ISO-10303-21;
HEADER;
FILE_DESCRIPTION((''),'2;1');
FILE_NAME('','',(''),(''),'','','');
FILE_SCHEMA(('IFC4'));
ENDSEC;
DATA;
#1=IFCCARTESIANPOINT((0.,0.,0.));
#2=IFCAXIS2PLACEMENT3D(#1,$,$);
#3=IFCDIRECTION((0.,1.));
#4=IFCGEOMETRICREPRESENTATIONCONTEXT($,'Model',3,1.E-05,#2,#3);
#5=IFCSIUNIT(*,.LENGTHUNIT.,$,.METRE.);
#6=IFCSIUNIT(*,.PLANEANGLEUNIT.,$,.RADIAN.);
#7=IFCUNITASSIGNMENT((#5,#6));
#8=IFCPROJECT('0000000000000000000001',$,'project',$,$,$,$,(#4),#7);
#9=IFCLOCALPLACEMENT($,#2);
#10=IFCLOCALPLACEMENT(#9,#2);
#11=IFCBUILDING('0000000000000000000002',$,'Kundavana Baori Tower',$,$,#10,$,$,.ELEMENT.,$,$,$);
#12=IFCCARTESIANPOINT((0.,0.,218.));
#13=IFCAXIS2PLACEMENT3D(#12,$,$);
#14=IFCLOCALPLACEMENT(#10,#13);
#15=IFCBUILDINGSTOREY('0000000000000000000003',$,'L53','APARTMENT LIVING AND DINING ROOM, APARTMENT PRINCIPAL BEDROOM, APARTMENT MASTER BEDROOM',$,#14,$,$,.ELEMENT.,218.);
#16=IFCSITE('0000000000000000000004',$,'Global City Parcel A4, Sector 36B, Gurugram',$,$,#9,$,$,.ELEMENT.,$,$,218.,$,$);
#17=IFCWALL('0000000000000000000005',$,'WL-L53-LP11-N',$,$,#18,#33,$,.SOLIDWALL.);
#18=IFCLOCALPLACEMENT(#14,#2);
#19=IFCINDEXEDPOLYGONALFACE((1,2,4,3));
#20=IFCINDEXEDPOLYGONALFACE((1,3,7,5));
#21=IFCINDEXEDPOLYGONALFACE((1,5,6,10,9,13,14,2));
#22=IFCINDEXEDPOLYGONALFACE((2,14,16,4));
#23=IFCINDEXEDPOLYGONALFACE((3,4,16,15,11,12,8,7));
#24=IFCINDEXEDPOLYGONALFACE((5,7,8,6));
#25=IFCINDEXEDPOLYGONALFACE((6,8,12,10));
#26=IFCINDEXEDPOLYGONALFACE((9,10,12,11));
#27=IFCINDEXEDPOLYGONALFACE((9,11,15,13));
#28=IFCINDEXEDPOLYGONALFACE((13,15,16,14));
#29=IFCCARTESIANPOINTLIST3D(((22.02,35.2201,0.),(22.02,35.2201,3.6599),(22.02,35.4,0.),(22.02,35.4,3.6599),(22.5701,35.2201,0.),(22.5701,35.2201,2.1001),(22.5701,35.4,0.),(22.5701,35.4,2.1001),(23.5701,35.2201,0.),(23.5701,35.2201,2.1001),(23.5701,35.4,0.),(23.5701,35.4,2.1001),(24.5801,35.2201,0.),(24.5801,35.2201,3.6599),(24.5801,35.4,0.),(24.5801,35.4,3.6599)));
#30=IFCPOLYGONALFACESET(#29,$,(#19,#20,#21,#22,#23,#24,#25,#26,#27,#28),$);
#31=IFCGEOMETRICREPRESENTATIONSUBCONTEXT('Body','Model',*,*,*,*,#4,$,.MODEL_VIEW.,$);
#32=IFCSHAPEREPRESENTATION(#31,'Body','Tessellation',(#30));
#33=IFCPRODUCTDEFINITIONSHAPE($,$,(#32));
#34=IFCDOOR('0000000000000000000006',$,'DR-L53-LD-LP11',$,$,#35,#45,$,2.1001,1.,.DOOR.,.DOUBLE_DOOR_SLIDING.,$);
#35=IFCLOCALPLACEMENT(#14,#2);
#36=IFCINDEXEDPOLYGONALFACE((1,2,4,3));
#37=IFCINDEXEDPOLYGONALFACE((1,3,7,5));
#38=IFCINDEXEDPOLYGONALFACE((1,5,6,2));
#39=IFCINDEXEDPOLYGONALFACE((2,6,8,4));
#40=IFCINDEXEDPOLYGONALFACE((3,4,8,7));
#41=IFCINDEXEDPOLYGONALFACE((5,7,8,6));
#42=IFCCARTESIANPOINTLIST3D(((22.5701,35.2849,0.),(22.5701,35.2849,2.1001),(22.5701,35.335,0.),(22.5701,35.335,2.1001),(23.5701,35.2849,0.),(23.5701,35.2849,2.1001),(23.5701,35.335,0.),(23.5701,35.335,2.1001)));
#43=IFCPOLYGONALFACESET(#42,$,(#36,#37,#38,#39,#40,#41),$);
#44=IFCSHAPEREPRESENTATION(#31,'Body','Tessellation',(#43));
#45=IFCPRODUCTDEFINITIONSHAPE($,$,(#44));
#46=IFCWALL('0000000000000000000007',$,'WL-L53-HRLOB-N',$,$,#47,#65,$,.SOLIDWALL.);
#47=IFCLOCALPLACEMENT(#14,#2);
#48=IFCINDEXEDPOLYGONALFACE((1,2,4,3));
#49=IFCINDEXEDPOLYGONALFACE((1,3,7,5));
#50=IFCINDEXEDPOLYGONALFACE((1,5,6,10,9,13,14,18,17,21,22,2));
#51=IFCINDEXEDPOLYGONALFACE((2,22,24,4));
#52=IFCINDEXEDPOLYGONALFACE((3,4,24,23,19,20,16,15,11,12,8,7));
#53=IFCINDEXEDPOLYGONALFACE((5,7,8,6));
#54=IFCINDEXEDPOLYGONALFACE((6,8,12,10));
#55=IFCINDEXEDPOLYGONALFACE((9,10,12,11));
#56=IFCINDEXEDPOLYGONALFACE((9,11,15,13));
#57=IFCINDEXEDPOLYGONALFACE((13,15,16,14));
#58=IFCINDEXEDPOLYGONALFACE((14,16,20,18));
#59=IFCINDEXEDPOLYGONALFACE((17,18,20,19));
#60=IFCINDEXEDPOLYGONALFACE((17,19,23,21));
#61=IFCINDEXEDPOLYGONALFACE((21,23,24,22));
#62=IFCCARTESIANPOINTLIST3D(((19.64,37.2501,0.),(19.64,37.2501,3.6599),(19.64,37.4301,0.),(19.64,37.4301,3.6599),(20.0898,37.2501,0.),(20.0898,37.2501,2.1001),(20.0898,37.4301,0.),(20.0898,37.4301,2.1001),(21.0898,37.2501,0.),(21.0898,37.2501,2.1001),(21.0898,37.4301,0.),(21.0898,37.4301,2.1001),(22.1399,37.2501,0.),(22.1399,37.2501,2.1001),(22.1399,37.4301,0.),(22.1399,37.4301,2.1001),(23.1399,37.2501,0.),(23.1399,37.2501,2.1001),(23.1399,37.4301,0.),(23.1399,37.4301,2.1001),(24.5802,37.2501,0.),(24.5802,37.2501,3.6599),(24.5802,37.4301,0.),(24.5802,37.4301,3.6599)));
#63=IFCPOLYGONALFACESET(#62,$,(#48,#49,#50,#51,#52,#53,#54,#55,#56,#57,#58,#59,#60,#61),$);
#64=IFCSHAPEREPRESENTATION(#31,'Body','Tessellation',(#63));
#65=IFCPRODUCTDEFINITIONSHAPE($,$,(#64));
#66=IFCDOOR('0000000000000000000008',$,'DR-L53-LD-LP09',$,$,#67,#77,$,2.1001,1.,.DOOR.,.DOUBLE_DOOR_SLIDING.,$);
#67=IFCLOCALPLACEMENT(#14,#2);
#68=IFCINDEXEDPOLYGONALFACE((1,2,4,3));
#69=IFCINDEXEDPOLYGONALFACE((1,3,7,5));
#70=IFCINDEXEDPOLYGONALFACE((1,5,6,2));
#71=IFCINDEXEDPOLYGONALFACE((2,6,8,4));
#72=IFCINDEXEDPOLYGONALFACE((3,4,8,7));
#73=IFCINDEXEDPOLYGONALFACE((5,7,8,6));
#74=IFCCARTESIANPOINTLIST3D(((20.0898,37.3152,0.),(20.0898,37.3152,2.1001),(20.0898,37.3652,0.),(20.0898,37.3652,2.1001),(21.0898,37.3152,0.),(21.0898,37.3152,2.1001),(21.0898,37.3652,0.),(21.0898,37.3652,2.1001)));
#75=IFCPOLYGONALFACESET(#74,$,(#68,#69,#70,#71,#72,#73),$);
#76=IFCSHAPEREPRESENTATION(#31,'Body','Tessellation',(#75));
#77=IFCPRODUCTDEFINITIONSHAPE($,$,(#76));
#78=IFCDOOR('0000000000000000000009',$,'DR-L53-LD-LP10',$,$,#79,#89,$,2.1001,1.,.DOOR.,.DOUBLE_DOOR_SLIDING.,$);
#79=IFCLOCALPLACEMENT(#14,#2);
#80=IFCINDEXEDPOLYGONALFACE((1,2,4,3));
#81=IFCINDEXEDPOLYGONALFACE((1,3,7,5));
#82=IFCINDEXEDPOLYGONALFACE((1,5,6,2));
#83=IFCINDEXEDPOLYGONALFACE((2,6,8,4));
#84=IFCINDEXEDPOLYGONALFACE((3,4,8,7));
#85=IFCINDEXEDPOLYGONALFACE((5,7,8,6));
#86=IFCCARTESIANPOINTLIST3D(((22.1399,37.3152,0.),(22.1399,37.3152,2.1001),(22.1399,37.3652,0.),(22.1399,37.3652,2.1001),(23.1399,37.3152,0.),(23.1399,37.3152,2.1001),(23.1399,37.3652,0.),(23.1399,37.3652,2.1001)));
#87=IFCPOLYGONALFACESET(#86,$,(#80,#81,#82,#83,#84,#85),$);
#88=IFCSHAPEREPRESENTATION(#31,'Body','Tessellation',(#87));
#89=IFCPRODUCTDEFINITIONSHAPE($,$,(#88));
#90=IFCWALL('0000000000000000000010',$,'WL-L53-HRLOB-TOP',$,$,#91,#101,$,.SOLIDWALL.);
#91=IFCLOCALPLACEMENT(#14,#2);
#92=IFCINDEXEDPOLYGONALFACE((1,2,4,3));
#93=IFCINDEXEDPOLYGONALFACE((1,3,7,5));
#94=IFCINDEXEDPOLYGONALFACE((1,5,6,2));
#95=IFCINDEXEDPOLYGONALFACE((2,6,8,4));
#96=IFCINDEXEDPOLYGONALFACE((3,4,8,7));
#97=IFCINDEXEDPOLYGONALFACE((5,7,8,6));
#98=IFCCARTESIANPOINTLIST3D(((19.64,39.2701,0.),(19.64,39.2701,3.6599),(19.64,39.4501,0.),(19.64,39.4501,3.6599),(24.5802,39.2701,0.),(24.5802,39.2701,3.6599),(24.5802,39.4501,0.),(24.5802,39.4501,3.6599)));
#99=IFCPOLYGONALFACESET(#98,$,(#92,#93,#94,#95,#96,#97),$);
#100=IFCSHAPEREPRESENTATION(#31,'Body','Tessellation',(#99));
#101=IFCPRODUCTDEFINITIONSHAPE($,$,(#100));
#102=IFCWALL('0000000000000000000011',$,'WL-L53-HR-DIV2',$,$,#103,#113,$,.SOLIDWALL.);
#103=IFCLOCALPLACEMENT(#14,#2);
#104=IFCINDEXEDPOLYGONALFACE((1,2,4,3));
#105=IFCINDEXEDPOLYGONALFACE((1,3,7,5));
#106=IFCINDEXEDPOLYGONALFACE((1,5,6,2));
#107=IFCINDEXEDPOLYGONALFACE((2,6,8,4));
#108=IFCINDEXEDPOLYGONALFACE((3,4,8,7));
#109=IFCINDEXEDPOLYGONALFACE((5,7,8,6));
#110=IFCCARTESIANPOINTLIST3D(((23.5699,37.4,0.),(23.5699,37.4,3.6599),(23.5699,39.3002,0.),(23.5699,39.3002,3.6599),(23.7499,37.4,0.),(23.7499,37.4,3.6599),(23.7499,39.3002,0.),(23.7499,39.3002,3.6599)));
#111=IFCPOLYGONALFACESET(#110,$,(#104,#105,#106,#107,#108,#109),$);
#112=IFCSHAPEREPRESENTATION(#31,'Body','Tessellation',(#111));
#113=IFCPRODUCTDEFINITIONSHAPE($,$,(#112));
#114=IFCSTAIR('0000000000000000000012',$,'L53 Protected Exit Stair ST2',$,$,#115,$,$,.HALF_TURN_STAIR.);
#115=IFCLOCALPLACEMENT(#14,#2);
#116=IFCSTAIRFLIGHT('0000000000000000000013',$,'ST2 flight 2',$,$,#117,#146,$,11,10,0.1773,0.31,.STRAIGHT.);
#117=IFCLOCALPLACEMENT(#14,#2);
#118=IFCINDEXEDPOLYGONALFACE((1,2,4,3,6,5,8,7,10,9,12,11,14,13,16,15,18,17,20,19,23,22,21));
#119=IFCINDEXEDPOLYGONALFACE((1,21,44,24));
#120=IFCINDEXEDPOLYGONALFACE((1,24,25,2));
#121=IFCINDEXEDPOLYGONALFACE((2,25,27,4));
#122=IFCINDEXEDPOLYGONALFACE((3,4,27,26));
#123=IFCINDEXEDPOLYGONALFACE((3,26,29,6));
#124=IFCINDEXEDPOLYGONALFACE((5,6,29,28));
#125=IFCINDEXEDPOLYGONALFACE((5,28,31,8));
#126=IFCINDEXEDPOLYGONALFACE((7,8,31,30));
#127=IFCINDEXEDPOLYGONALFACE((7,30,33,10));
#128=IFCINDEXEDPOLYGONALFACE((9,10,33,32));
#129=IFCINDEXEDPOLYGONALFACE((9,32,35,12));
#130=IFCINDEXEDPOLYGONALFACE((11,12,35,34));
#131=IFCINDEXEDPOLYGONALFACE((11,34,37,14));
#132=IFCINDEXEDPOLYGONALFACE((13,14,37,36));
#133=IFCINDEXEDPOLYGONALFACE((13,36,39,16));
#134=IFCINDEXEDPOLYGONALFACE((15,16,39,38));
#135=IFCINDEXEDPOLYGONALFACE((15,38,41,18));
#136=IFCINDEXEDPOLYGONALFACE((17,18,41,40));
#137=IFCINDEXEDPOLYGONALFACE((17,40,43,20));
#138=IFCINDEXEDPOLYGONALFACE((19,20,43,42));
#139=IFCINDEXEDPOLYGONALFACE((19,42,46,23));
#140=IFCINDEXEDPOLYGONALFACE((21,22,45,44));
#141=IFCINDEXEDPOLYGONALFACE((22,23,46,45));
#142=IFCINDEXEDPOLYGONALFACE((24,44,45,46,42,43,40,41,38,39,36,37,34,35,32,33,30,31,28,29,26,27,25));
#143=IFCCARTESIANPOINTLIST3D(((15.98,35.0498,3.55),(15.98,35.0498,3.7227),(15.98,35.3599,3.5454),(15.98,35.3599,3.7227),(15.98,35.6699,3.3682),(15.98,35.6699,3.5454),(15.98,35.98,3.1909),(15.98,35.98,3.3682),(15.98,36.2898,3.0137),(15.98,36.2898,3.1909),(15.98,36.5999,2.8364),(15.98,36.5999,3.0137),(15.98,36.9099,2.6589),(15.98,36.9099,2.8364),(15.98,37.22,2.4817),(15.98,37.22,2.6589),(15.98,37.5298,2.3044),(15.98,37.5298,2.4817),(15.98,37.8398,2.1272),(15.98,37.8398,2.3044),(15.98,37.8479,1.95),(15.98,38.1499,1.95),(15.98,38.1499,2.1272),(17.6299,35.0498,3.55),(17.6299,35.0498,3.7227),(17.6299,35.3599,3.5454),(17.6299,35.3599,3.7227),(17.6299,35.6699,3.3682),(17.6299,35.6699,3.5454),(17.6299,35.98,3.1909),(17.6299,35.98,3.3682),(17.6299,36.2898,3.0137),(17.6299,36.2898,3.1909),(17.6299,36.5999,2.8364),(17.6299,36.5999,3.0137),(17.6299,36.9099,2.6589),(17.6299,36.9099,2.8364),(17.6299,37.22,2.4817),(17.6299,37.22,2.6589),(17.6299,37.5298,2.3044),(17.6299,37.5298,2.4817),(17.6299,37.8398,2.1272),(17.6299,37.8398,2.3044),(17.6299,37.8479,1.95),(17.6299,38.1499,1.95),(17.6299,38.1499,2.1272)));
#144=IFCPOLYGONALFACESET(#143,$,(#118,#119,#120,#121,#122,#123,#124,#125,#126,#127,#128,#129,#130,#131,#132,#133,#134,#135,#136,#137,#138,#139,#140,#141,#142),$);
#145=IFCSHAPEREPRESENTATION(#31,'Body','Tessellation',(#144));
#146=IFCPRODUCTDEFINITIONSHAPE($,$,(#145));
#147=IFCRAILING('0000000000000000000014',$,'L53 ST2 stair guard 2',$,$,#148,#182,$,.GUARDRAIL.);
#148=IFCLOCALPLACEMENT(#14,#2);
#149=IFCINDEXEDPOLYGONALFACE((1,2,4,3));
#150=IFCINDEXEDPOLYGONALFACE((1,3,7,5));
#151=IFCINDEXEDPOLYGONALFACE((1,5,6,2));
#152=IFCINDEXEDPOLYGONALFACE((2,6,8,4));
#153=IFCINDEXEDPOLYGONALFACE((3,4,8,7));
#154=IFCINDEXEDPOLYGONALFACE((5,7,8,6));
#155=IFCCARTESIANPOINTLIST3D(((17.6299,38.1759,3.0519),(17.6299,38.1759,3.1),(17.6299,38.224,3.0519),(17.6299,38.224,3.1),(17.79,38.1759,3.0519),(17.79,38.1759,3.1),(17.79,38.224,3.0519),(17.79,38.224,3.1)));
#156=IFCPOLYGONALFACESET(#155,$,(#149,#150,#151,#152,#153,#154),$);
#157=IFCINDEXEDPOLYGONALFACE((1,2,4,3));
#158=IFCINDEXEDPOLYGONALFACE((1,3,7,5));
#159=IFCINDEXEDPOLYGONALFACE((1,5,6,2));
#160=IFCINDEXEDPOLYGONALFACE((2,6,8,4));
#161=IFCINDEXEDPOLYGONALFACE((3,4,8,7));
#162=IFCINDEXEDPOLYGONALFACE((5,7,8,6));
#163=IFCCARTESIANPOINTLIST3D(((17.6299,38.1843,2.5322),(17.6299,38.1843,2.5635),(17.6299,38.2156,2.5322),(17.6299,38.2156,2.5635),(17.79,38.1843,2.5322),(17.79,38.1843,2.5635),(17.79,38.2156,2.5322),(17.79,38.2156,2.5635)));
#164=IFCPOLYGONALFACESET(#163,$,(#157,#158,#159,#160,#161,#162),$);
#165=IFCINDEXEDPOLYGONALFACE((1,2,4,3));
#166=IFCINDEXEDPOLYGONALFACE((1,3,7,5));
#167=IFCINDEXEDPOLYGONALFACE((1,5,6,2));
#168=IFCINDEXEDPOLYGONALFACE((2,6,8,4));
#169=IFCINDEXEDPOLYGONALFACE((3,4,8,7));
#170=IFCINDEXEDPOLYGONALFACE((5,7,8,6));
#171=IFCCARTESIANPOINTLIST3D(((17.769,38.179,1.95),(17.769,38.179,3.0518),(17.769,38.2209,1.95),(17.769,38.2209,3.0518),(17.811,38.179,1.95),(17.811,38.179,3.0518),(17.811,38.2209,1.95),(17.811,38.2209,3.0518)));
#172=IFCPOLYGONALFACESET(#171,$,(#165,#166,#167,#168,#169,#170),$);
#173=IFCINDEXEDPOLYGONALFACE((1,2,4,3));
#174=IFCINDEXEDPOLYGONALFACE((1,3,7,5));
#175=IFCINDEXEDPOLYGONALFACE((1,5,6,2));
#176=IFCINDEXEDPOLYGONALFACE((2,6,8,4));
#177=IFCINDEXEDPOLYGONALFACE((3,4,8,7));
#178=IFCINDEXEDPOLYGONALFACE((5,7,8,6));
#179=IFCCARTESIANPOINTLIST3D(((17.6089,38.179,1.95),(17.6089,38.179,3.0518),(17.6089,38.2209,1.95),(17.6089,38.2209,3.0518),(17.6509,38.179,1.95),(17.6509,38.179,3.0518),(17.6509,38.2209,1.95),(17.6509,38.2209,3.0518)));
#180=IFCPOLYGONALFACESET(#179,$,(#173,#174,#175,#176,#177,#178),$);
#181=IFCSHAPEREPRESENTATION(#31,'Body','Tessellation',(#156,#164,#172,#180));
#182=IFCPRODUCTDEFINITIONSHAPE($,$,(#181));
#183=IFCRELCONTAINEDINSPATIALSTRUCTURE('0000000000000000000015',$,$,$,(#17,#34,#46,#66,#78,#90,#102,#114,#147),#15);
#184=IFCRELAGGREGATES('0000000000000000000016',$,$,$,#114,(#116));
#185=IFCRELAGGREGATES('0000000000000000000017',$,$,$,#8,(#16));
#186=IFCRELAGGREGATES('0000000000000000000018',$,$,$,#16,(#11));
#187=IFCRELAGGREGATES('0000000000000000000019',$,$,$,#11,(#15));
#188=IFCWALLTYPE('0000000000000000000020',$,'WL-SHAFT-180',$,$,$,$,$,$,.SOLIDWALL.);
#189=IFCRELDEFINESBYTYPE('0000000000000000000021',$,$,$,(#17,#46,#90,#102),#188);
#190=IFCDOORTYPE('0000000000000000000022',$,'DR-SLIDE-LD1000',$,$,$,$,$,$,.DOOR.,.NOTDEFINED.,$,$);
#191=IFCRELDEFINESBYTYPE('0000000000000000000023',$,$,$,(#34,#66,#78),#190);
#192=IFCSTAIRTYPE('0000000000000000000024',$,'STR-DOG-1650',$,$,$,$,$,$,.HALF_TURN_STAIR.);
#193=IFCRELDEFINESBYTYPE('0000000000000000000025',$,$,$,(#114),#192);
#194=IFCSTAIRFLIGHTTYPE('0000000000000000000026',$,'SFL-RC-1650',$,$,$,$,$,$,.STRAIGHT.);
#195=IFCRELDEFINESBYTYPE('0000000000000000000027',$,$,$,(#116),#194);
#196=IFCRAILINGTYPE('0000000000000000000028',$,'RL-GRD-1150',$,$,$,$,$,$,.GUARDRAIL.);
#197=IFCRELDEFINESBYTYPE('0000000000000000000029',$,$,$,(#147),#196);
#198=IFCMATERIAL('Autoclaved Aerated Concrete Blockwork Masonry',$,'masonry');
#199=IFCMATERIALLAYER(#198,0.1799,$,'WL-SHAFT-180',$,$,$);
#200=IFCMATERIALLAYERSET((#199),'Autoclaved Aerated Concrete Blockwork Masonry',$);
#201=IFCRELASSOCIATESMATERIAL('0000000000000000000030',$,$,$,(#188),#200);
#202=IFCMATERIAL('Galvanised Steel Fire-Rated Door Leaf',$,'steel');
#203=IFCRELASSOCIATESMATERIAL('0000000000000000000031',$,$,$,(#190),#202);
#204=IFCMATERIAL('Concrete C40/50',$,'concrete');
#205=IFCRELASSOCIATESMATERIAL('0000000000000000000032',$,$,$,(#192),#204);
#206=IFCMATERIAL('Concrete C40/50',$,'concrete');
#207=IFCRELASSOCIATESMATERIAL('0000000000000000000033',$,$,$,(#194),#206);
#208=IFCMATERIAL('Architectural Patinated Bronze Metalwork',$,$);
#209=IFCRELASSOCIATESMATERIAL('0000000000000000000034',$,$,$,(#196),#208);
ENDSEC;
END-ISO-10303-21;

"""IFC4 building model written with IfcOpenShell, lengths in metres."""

from ifc_helpers import new_model, si_unit, direction, frame, frame_2d, origin, origin_2d, place, context, subcontext, project, spatial, polyline, rectangle, outline, extrude, material, layer, layer_set, type_object, element, fill, aggregate, save


model = new_model("IFC4")

# Units and contexts
model_context = context("Model", 3, precision=1e-05, world=origin(), true_north=direction((0.0, 1.0)))
body_context = subcontext(model_context, "Body", "Model", "MODEL_VIEW")
ifc_project = project(units=[si_unit("LENGTHUNIT", "METRE"), si_unit("PLANEANGLEUNIT", "RADIAN")], contexts=[model_context])

# Site, building, storey
site_placement = place(None, origin())
site = spatial("IfcSite", under=ifc_project, at=site_placement, Name="Global City Parcel A4, Sector 36B, Gurugram", CompositionType="ELEMENT", RefElevation=218.0)
building_placement = place(site_placement, origin())
building = spatial("IfcBuilding", under=site, at=building_placement, Name="Kundavana Baori Tower", CompositionType="ELEMENT")
storey_placement = place(building_placement, frame((0.0, 0.0, 218.0)))
storey = spatial("IfcBuildingStorey", under=building, at=storey_placement, Name="L53", Description="APARTMENT LIVING AND DINING ROOM, APARTMENT PRINCIPAL BEDROOM, APARTMENT MASTER BEDROOM", CompositionType="ELEMENT", Elevation=218.0)

# Wall, opening, door
ifc_material_1 = material(Name="Autoclaved Aerated Concrete Blockwork Masonry", Category="masonry")
ifc_layer_1 = layer(ifc_material_1, 0.1799, Name="WL-SHAFT-180")
ifc_layer_set_1 = layer_set([ifc_layer_1], Name="Autoclaved Aerated Concrete Blockwork Masonry")
wall_type_1 = type_object("IfcWallType", Name="WL-SHAFT-180", PredefinedType="SOLIDWALL", material=ifc_layer_set_1)
wall_1_placement = place(storey_placement, frame((22.02, 35.3101, 0.0), z_axis=(0.0, 0.0, 1.0), x_axis=(1.0, 0.0, 0.0)))
wall_1 = element("IfcWall", 1, at=wall_1_placement, inside=storey, type_object=wall_type_1, Name="WL-L53-LP11-N", PredefinedType="SOLIDWALL", context=body_context, shape_type="SweptSolid", body=[
    extrude(rectangle(XDim=2.5601, YDim=0.1799, at=frame_2d((1.28, 0.0))), origin(), (0.0, 0.0, 1.0), 3.6599),
])
opening_1_placement = place(wall_1_placement, frame((0.55, 0.0, 0.0)))
opening_1 = element("IfcOpeningElement", 2, at=opening_1_placement, cuts=wall_1, PredefinedType="OPENING", context=body_context, shape_type="SweptSolid", body=[
    extrude(rectangle(XDim=1.0, YDim=2.1001, at=frame_2d((0.5, 1.05))), frame((0.0, 0.1001, 0.0), z_axis=(0.0, -1.0, 0.0), x_axis=(1.0, 0.0, 0.0)), (0.0, 0.0, 1.0), 0.2),
])
ifc_material_2 = material(Name="Galvanised Steel Fire-Rated Door Leaf", Category="steel")
door_type_1 = type_object("IfcDoorType", Name="DR-SLIDE-LD1000", OperationType="NOTDEFINED", PredefinedType="DOOR", material=ifc_material_2)
door_1_placement = place(opening_1_placement, origin())
door_1 = element("IfcDoor", 3, at=door_1_placement, inside=storey, type_object=door_type_1, Name="DR-L53-LD-LP11", OperationType="DOUBLE_DOOR_SLIDING", OverallHeight=2.1001, OverallWidth=1.0, PredefinedType="DOOR", context=body_context, shape_type="SweptSolid", body=[
    extrude(rectangle(XDim=1.0, YDim=2.1001, at=frame_2d((0.5, 1.05))), frame((0.0, 0.0249, 0.0), z_axis=(0.0, -1.0, 0.0), x_axis=(1.0, 0.0, 0.0)), (0.0, 0.0, 1.0), 0.05),
])
fill(opening_1, door_1)

# Wall, openings, doors
wall_2_placement = place(storey_placement, frame((19.6399, 37.3401, 0.0), z_axis=(0.0, 0.0, 1.0), x_axis=(1.0, 0.0, 0.0)))
wall_2 = element("IfcWall", 4, at=wall_2_placement, inside=storey, type_object=wall_type_1, Name="WL-L53-HRLOB-N", PredefinedType="SOLIDWALL", context=body_context, shape_type="SweptSolid", body=[
    extrude(rectangle(XDim=4.9402, YDim=0.1799, at=frame_2d((2.4702, 0.0))), origin(), (0.0, 0.0, 1.0), 3.6599),
])
opening_2_placement = place(wall_2_placement, frame((0.45, 0.0, 0.0)))
opening_2 = element("IfcOpeningElement", 5, at=opening_2_placement, cuts=wall_2, PredefinedType="OPENING", context=body_context, shape_type="SweptSolid", body=[
    extrude(rectangle(XDim=1.0, YDim=2.1001, at=frame_2d((0.5, 1.05))), frame((0.0, 0.1001, 0.0), z_axis=(0.0, -1.0, 0.0), x_axis=(1.0, 0.0, 0.0)), (0.0, 0.0, 1.0), 0.2),
])
opening_3_placement = place(wall_2_placement, frame((2.5, 0.0, 0.0)))
opening_3 = element("IfcOpeningElement", 6, at=opening_3_placement, cuts=wall_2, PredefinedType="OPENING", context=body_context, shape_type="SweptSolid", body=[
    extrude(rectangle(XDim=1.0, YDim=2.1001, at=frame_2d((0.5, 1.05))), frame((0.0, 0.1001, 0.0), z_axis=(0.0, -1.0, 0.0), x_axis=(1.0, 0.0, 0.0)), (0.0, 0.0, 1.0), 0.2),
])
door_2_placement = place(opening_2_placement, frame((1.0, 0.0, 0.0), z_axis=(0.0, 0.0, 1.0), x_axis=(-1.0, 0.0, 0.0)))
door_2 = element("IfcDoor", 7, at=door_2_placement, inside=storey, type_object=door_type_1, Name="DR-L53-LD-LP09", OperationType="DOUBLE_DOOR_SLIDING", OverallHeight=2.1001, OverallWidth=1.0, PredefinedType="DOOR", context=body_context, shape_type="SweptSolid", body=[
    extrude(rectangle(XDim=1.0, YDim=2.1001, at=frame_2d((0.5, 1.05))), frame((0.0, 0.0249, 0.0), z_axis=(0.0, -1.0, 0.0), x_axis=(1.0, 0.0, 0.0)), (0.0, 0.0, 1.0), 0.05),
])
fill(opening_2, door_2)
door_3_placement = place(opening_3_placement, frame((1.0, 0.0, 0.0), z_axis=(0.0, 0.0, 1.0), x_axis=(-1.0, 0.0, 0.0)))
door_3 = element("IfcDoor", 8, at=door_3_placement, inside=storey, type_object=door_type_1, Name="DR-L53-LD-LP10", OperationType="DOUBLE_DOOR_SLIDING", OverallHeight=2.1001, OverallWidth=1.0, PredefinedType="DOOR", context=body_context, shape_type="SweptSolid", body=[
    extrude(rectangle(XDim=1.0, YDim=2.1001, at=frame_2d((0.5, 1.05))), frame((0.0, 0.0249, 0.0), z_axis=(0.0, -1.0, 0.0), x_axis=(1.0, 0.0, 0.0)), (0.0, 0.0, 1.0), 0.05),
])
fill(opening_3, door_3)

# Walls
wall_3_placement = place(storey_placement, frame((19.6399, 39.3601, 0.0), z_axis=(0.0, 0.0, 1.0), x_axis=(1.0, 0.0, 0.0)))
element("IfcWall", 9, at=wall_3_placement, inside=storey, type_object=wall_type_1, Name="WL-L53-HRLOB-TOP", PredefinedType="SOLIDWALL", context=body_context, shape_type="SweptSolid", body=[
    extrude(rectangle(XDim=4.9402, YDim=0.1799, at=frame_2d((2.4702, 0.0))), origin(), (0.0, 0.0, 1.0), 3.6599),
])
wall_4_placement = place(storey_placement, frame((23.6599, 37.3999, 0.0), z_axis=(0.0, 0.0, 1.0), x_axis=(0.0, 1.0, 0.0)))
element("IfcWall", 10, at=wall_4_placement, inside=storey, type_object=wall_type_1, Name="WL-L53-HR-DIV2", PredefinedType="SOLIDWALL", context=body_context, shape_type="SweptSolid", body=[
    extrude(rectangle(XDim=1.9001, YDim=0.1799, at=frame_2d((0.9502, 0.0))), origin(), (0.0, 0.0, 1.0), 3.6599),
])

# Stair, stair flight
ifc_material_3 = material(Name="Concrete C40/50", Category="concrete")
stair_type = type_object("IfcStairType", Name="STR-DOG-1650", PredefinedType="HALF_TURN_STAIR", material=ifc_material_3)
stair_placement = place(storey_placement, origin())
stair = element("IfcStair", 11, at=stair_placement, inside=storey, type_object=stair_type, Name="L53 Protected Exit Stair ST2", PredefinedType="HALF_TURN_STAIR")
ifc_material_4 = material(Name="Concrete C40/50", Category="concrete")
stair_flight_type = type_object("IfcStairFlightType", Name="SFL-RC-1650", PredefinedType="STRAIGHT", material=ifc_material_4)
stair_flight_placement = place(storey_placement, frame((16.8049, 38.1499, 1.95), z_axis=(0.0, 0.0, 1.0), x_axis=(0.0, -1.0, 0.0)))
stair_flight = element("IfcStairFlight", 12, at=stair_flight_placement, type_object=stair_flight_type, Name="ST2 flight 2", NumberOfRisers=11, NumberOfTreads=10, PredefinedType="STRAIGHT", RiserHeight=0.1773, TreadLength=0.31, context=body_context, shape_type="SweptSolid", body=[
    extrude(outline(polyline([(0.0, 0.0), (0.0, 0.1772), (0.3101, 0.1772), (0.3101, 0.3545), (0.6201, 0.3545), (0.6201, 0.5317), (0.9299, 0.5317), (0.9299, 0.709), (1.24, 0.709), (1.24, 0.8865), (1.55, 0.8865), (1.55, 1.0637), (1.8601, 1.0637), (1.8601, 1.241), (2.1699, 1.241), (2.1699, 1.4182), (2.48, 1.4182), (2.48, 1.5955), (2.79, 1.5955), (2.79, 1.7727), (3.1001, 1.7727), (3.1001, 1.95), (3.1001, 1.6001), (0.302, 0.0), (0.0, 0.0)])), frame((0.0, 0.825, 0.0), z_axis=(0.0, -1.0, 0.0), x_axis=(1.0, 0.0, 0.0)), (0.0, 0.0, 1.0), 1.6499),
])
aggregate(stair, [stair_flight])

# Railing
ifc_material_5 = material(Name="Architectural Patinated Bronze Metalwork")
railing_type_1 = type_object("IfcRailingType", Name="RL-GRD-1150", PredefinedType="GUARDRAIL", material=ifc_material_5)
railing_1_placement = place(storey_placement, frame((17.79, 38.2, 1.95)))
element("IfcRailing", 13, at=railing_1_placement, inside=storey, type_object=railing_type_1, Name="L53 ST2 stair guard 2", PredefinedType="GUARDRAIL", context=body_context, shape_type="SweptSolid", body=[
    extrude(rectangle(XDim=0.0481, YDim=0.0481, at=origin_2d()), frame((0.0, 0.0, 1.126), z_axis=(-1.0, 0.0, 0.0), x_axis=(0.0, -1.0, 0.0)), (0.0, 0.0, 1.0), 0.1602),
    extrude(rectangle(XDim=0.0312, YDim=0.0312, at=origin_2d()), frame((0.0, 0.0, 0.5979), z_axis=(-1.0, 0.0, 0.0), x_axis=(0.0, -1.0, 0.0)), (0.0, 0.0, 1.0), 0.1602),
    extrude(rectangle(XDim=0.042, YDim=0.042, at=origin_2d()), origin(), (0.0, 0.0, 1.0), 1.1018),
    extrude(rectangle(XDim=0.042, YDim=0.042, at=origin_2d()), frame((-0.1602, 0.0, 0.0)), (0.0, 0.0, 1.0), 1.1018),
])

save(model, "model.ifc")
